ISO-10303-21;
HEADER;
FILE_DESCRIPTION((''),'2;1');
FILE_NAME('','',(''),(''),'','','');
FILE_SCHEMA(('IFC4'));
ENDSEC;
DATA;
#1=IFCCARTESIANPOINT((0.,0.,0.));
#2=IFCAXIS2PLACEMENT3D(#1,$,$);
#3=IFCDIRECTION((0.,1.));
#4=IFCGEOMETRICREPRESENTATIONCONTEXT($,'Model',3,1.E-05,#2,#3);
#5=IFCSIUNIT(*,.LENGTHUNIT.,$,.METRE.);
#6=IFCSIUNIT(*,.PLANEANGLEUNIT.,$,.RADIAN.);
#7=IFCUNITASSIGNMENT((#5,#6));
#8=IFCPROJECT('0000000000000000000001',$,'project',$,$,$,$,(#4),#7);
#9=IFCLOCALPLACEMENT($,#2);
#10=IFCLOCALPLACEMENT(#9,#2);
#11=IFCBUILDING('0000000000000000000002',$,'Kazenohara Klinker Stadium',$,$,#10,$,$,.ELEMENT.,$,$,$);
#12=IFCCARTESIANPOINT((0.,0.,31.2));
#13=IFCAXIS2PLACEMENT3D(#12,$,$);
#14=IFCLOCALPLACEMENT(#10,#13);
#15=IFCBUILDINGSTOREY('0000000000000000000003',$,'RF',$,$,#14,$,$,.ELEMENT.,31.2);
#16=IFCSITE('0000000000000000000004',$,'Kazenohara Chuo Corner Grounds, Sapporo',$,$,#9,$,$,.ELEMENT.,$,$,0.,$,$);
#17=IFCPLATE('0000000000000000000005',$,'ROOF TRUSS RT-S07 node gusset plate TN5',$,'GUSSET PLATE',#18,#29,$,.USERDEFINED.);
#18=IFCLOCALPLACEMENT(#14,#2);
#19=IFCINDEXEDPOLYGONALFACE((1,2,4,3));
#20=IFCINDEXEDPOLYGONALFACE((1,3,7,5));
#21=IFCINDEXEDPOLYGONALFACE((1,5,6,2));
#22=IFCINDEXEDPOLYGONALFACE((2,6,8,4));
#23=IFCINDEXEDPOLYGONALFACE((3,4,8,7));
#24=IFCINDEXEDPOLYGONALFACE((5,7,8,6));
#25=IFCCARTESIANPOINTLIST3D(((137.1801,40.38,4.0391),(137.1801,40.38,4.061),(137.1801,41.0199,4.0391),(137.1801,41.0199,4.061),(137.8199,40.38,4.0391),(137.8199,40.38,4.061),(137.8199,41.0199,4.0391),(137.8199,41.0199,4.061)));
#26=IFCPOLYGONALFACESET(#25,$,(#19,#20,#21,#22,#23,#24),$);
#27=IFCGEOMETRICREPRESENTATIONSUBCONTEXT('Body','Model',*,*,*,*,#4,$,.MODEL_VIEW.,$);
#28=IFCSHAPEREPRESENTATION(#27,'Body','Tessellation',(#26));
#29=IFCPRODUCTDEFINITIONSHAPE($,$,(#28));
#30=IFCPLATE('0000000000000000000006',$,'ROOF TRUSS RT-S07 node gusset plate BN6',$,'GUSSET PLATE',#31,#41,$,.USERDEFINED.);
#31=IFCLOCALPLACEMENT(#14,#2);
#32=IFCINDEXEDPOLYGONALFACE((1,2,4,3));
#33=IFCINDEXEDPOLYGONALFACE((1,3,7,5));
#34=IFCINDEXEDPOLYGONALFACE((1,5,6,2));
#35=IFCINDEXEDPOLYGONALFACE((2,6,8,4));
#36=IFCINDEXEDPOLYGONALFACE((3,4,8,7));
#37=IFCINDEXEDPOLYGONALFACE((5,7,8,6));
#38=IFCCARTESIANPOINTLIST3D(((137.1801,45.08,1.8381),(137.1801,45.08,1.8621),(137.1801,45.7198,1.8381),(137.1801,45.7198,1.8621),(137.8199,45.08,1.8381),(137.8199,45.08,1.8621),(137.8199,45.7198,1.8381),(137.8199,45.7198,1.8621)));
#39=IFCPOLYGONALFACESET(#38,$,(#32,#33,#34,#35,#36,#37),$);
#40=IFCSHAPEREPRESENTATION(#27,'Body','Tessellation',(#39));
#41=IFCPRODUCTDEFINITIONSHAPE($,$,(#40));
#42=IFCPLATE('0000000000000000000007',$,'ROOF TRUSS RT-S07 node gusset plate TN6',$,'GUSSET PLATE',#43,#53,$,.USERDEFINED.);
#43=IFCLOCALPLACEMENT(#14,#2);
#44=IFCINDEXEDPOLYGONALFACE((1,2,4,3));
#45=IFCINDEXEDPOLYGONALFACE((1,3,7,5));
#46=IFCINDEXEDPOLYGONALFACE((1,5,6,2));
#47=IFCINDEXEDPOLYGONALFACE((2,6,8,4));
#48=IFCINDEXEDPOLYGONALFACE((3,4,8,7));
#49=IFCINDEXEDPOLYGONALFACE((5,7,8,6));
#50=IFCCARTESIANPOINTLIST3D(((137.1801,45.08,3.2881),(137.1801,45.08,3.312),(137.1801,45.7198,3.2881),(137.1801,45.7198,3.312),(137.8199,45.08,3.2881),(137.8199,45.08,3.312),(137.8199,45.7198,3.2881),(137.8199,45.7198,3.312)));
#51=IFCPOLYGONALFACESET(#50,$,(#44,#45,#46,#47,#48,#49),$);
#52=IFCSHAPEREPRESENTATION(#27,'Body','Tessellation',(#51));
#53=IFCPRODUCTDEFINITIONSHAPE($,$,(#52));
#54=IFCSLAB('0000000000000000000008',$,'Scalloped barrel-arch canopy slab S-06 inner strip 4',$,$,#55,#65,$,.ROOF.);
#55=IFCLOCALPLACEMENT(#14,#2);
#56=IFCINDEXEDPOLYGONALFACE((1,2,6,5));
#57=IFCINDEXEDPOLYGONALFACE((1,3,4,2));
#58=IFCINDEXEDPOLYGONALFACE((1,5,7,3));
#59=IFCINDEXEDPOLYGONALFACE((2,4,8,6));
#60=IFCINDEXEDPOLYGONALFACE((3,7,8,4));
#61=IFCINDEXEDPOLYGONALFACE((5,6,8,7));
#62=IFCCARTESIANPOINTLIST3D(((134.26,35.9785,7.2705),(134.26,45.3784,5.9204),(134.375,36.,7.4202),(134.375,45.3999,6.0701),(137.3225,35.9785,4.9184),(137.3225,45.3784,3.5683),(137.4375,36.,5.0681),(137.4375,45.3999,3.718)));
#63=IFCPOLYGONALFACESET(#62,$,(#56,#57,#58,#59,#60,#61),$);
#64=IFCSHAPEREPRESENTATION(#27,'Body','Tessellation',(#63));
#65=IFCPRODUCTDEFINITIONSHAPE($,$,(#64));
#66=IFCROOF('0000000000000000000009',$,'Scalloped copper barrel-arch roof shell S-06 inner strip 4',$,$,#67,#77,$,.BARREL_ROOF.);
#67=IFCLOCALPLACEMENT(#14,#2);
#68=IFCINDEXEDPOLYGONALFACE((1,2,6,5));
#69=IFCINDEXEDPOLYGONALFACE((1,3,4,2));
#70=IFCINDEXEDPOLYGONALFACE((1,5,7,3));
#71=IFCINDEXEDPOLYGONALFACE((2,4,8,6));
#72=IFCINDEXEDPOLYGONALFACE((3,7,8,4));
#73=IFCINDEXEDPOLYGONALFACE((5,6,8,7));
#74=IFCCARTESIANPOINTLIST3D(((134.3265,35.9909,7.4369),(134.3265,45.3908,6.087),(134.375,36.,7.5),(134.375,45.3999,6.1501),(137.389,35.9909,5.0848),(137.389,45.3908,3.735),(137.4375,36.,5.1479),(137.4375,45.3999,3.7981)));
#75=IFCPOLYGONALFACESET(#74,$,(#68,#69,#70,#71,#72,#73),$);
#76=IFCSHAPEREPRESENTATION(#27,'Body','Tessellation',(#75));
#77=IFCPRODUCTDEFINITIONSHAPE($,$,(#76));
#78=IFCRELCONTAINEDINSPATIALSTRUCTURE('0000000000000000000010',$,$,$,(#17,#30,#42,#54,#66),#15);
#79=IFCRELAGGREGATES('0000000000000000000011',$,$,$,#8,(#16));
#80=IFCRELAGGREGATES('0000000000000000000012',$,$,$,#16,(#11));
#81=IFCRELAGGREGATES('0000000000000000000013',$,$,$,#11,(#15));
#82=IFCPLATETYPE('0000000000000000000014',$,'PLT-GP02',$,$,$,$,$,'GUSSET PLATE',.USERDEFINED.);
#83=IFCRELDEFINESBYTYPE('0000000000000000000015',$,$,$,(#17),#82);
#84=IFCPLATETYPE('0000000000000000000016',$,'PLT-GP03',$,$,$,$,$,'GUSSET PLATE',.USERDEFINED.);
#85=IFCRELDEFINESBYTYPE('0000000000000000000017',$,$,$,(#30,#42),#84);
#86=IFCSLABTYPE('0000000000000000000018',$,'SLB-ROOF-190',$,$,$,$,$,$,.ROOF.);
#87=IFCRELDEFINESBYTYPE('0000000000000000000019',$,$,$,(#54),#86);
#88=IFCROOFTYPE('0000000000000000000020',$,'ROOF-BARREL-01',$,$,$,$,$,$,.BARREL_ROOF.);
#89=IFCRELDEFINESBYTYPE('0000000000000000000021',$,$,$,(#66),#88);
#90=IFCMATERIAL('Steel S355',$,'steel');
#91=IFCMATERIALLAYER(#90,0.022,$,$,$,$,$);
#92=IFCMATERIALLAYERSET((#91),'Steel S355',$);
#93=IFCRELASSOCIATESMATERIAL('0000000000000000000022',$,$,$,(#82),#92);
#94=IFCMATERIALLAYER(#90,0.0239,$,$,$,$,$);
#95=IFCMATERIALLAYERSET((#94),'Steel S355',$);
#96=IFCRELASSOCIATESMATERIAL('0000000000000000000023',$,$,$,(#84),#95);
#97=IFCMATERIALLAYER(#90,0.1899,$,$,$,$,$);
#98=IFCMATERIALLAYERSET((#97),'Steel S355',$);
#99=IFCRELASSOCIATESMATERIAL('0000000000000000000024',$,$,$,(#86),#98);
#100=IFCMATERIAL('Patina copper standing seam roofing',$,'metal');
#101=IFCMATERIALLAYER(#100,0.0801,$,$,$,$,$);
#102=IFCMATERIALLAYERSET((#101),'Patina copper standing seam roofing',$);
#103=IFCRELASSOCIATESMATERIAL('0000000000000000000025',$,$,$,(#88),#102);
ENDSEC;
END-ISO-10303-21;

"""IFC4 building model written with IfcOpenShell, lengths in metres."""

from ifc_helpers import new_model, si_unit, direction, frame, origin, origin_2d, place, context, subcontext, project, spatial, polyline, rectangle, outline, extrude, material, layer, layer_set, type_object, element, save


model = new_model("IFC4")

# Units and contexts
model_context = context("Model", 3, precision=1e-05, world=origin(), true_north=direction((0.0, 1.0)))
body_context = subcontext(model_context, "Body", "Model", "MODEL_VIEW")
ifc_project = project(units=[si_unit("LENGTHUNIT", "METRE"), si_unit("PLANEANGLEUNIT", "RADIAN")], contexts=[model_context])

# Site, building, storey
site_placement = place(None, origin())
site = spatial("IfcSite", under=ifc_project, at=site_placement, Name="Kazenohara Chuo Corner Grounds, Sapporo", CompositionType="ELEMENT", RefElevation=0.0)
building_placement = place(site_placement, origin())
building = spatial("IfcBuilding", under=site, at=building_placement, Name="Kazenohara Klinker Stadium", CompositionType="ELEMENT")
storey_placement = place(building_placement, frame((0.0, 0.0, 31.2)))
storey = spatial("IfcBuildingStorey", under=building, at=storey_placement, Name="RF", CompositionType="ELEMENT", Elevation=31.2)

# Shared definitions
ifc_material_1 = material(Name="Steel S355", Category="steel")

# Plates
ifc_layer_1 = layer(ifc_material_1, 0.022)
ifc_layer_set_1 = layer_set([ifc_layer_1], Name="Steel S355")
plate_type_1 = type_object("IfcPlateType", Name="PLT-GP02", ElementType="GUSSET PLATE", PredefinedType="USERDEFINED", material=ifc_layer_set_1)
for number, where, z_axis, x_axis, name in (
    (1, (137.5, 40.7, 4.0391), (0.0, 0.0, 1.0), (1.0, 0.0, 0.0), "ROOF TRUSS RT-S07 node gusset plate TN5"),
):
    element("IfcPlate", number, at=place(storey_placement, frame(where, z_axis=z_axis, x_axis=x_axis)), inside=storey, type_object=plate_type_1, Name=name, ObjectType="GUSSET PLATE", PredefinedType="USERDEFINED", context=body_context, shape_type="SweptSolid", body=[
        extrude(rectangle(XDim=0.6399, YDim=0.6399, at=origin_2d()), origin(), (0.0, 0.0, 1.0), 0.022),
    ])
ifc_layer_2 = layer(ifc_material_1, 0.0239)
ifc_layer_set_2 = layer_set([ifc_layer_2], Name="Steel S355")
plate_type_2 = type_object("IfcPlateType", Name="PLT-GP03", ElementType="GUSSET PLATE", PredefinedType="USERDEFINED", material=ifc_layer_set_2)
for number, where, z_axis, x_axis, name in (
    (2, (137.5, 45.3999, 1.8381), (0.0, 0.0, 1.0), (1.0, 0.0, 0.0), "ROOF TRUSS RT-S07 node gusset plate BN6"),
    (3, (137.5, 45.3999, 3.2881), (0.0, 0.0, 1.0), (1.0, 0.0, 0.0), "ROOF TRUSS RT-S07 node gusset plate TN6"),
):
    element("IfcPlate", number, at=place(storey_placement, frame(where, z_axis=z_axis, x_axis=x_axis)), inside=storey, type_object=plate_type_2, Name=name, ObjectType="GUSSET PLATE", PredefinedType="USERDEFINED", context=body_context, shape_type="SweptSolid", body=[
        extrude(rectangle(XDim=0.6399, YDim=0.6399, at=origin_2d()), origin(), (0.0, 0.0, 1.0), 0.0239),
    ])

# Slab
ifc_layer_3 = layer(ifc_material_1, 0.1899)
ifc_layer_set_3 = layer_set([ifc_layer_3], Name="Steel S355")
slab_type = type_object("IfcSlabType", Name="SLB-ROOF-190", PredefinedType="ROOF", material=ifc_layer_set_3)
slab_placement = place(storey_placement, frame((134.375, 36.0, 7.4202), z_axis=(0.605192, 0.113179, 0.787993), x_axis=(0.0, 0.989842, -0.14217)))
element("IfcSlab", 4, at=slab_placement, inside=storey, type_object=slab_type, Name="Scalloped barrel-arch canopy slab S-06 inner strip 4", PredefinedType="ROOF", context=body_context, shape_type="SweptSolid", body=[
    extrude(outline(polyline([(0.0, 0.0), (9.4964, 0.0), (9.8308, -3.847), (0.3344, -3.847), (0.0, 0.0)])), origin(), (0.0, 0.0, -1.0), 0.1899),
])

# Roof
ifc_material_2 = material(Name="Patina copper standing seam roofing", Category="metal")
ifc_layer_4 = layer(ifc_material_2, 0.0801)
ifc_layer_set_4 = layer_set([ifc_layer_4], Name="Patina copper standing seam roofing")
roof_type = type_object("IfcRoofType", Name="ROOF-BARREL-01", PredefinedType="BARREL_ROOF", material=ifc_layer_set_4)
roof_placement = place(storey_placement, frame((134.375, 36.0, 7.5), z_axis=(0.605193, 0.113158, 0.787995), x_axis=(0.0, 0.989846, -0.142145)))
element("IfcRoof", 5, at=roof_placement, inside=storey, type_object=roof_type, Name="Scalloped copper barrel-arch roof shell S-06 inner strip 4", PredefinedType="BARREL_ROOF", context=body_context, shape_type="SweptSolid", body=[
    extrude(outline(polyline([(0.0, 0.0), (9.4963, 0.0), (9.8307, -3.847), (0.3343, -3.847), (0.0, 0.0)])), origin(), (0.0, 0.0, -1.0), 0.0801),
])

save(model, "model.ifc")
